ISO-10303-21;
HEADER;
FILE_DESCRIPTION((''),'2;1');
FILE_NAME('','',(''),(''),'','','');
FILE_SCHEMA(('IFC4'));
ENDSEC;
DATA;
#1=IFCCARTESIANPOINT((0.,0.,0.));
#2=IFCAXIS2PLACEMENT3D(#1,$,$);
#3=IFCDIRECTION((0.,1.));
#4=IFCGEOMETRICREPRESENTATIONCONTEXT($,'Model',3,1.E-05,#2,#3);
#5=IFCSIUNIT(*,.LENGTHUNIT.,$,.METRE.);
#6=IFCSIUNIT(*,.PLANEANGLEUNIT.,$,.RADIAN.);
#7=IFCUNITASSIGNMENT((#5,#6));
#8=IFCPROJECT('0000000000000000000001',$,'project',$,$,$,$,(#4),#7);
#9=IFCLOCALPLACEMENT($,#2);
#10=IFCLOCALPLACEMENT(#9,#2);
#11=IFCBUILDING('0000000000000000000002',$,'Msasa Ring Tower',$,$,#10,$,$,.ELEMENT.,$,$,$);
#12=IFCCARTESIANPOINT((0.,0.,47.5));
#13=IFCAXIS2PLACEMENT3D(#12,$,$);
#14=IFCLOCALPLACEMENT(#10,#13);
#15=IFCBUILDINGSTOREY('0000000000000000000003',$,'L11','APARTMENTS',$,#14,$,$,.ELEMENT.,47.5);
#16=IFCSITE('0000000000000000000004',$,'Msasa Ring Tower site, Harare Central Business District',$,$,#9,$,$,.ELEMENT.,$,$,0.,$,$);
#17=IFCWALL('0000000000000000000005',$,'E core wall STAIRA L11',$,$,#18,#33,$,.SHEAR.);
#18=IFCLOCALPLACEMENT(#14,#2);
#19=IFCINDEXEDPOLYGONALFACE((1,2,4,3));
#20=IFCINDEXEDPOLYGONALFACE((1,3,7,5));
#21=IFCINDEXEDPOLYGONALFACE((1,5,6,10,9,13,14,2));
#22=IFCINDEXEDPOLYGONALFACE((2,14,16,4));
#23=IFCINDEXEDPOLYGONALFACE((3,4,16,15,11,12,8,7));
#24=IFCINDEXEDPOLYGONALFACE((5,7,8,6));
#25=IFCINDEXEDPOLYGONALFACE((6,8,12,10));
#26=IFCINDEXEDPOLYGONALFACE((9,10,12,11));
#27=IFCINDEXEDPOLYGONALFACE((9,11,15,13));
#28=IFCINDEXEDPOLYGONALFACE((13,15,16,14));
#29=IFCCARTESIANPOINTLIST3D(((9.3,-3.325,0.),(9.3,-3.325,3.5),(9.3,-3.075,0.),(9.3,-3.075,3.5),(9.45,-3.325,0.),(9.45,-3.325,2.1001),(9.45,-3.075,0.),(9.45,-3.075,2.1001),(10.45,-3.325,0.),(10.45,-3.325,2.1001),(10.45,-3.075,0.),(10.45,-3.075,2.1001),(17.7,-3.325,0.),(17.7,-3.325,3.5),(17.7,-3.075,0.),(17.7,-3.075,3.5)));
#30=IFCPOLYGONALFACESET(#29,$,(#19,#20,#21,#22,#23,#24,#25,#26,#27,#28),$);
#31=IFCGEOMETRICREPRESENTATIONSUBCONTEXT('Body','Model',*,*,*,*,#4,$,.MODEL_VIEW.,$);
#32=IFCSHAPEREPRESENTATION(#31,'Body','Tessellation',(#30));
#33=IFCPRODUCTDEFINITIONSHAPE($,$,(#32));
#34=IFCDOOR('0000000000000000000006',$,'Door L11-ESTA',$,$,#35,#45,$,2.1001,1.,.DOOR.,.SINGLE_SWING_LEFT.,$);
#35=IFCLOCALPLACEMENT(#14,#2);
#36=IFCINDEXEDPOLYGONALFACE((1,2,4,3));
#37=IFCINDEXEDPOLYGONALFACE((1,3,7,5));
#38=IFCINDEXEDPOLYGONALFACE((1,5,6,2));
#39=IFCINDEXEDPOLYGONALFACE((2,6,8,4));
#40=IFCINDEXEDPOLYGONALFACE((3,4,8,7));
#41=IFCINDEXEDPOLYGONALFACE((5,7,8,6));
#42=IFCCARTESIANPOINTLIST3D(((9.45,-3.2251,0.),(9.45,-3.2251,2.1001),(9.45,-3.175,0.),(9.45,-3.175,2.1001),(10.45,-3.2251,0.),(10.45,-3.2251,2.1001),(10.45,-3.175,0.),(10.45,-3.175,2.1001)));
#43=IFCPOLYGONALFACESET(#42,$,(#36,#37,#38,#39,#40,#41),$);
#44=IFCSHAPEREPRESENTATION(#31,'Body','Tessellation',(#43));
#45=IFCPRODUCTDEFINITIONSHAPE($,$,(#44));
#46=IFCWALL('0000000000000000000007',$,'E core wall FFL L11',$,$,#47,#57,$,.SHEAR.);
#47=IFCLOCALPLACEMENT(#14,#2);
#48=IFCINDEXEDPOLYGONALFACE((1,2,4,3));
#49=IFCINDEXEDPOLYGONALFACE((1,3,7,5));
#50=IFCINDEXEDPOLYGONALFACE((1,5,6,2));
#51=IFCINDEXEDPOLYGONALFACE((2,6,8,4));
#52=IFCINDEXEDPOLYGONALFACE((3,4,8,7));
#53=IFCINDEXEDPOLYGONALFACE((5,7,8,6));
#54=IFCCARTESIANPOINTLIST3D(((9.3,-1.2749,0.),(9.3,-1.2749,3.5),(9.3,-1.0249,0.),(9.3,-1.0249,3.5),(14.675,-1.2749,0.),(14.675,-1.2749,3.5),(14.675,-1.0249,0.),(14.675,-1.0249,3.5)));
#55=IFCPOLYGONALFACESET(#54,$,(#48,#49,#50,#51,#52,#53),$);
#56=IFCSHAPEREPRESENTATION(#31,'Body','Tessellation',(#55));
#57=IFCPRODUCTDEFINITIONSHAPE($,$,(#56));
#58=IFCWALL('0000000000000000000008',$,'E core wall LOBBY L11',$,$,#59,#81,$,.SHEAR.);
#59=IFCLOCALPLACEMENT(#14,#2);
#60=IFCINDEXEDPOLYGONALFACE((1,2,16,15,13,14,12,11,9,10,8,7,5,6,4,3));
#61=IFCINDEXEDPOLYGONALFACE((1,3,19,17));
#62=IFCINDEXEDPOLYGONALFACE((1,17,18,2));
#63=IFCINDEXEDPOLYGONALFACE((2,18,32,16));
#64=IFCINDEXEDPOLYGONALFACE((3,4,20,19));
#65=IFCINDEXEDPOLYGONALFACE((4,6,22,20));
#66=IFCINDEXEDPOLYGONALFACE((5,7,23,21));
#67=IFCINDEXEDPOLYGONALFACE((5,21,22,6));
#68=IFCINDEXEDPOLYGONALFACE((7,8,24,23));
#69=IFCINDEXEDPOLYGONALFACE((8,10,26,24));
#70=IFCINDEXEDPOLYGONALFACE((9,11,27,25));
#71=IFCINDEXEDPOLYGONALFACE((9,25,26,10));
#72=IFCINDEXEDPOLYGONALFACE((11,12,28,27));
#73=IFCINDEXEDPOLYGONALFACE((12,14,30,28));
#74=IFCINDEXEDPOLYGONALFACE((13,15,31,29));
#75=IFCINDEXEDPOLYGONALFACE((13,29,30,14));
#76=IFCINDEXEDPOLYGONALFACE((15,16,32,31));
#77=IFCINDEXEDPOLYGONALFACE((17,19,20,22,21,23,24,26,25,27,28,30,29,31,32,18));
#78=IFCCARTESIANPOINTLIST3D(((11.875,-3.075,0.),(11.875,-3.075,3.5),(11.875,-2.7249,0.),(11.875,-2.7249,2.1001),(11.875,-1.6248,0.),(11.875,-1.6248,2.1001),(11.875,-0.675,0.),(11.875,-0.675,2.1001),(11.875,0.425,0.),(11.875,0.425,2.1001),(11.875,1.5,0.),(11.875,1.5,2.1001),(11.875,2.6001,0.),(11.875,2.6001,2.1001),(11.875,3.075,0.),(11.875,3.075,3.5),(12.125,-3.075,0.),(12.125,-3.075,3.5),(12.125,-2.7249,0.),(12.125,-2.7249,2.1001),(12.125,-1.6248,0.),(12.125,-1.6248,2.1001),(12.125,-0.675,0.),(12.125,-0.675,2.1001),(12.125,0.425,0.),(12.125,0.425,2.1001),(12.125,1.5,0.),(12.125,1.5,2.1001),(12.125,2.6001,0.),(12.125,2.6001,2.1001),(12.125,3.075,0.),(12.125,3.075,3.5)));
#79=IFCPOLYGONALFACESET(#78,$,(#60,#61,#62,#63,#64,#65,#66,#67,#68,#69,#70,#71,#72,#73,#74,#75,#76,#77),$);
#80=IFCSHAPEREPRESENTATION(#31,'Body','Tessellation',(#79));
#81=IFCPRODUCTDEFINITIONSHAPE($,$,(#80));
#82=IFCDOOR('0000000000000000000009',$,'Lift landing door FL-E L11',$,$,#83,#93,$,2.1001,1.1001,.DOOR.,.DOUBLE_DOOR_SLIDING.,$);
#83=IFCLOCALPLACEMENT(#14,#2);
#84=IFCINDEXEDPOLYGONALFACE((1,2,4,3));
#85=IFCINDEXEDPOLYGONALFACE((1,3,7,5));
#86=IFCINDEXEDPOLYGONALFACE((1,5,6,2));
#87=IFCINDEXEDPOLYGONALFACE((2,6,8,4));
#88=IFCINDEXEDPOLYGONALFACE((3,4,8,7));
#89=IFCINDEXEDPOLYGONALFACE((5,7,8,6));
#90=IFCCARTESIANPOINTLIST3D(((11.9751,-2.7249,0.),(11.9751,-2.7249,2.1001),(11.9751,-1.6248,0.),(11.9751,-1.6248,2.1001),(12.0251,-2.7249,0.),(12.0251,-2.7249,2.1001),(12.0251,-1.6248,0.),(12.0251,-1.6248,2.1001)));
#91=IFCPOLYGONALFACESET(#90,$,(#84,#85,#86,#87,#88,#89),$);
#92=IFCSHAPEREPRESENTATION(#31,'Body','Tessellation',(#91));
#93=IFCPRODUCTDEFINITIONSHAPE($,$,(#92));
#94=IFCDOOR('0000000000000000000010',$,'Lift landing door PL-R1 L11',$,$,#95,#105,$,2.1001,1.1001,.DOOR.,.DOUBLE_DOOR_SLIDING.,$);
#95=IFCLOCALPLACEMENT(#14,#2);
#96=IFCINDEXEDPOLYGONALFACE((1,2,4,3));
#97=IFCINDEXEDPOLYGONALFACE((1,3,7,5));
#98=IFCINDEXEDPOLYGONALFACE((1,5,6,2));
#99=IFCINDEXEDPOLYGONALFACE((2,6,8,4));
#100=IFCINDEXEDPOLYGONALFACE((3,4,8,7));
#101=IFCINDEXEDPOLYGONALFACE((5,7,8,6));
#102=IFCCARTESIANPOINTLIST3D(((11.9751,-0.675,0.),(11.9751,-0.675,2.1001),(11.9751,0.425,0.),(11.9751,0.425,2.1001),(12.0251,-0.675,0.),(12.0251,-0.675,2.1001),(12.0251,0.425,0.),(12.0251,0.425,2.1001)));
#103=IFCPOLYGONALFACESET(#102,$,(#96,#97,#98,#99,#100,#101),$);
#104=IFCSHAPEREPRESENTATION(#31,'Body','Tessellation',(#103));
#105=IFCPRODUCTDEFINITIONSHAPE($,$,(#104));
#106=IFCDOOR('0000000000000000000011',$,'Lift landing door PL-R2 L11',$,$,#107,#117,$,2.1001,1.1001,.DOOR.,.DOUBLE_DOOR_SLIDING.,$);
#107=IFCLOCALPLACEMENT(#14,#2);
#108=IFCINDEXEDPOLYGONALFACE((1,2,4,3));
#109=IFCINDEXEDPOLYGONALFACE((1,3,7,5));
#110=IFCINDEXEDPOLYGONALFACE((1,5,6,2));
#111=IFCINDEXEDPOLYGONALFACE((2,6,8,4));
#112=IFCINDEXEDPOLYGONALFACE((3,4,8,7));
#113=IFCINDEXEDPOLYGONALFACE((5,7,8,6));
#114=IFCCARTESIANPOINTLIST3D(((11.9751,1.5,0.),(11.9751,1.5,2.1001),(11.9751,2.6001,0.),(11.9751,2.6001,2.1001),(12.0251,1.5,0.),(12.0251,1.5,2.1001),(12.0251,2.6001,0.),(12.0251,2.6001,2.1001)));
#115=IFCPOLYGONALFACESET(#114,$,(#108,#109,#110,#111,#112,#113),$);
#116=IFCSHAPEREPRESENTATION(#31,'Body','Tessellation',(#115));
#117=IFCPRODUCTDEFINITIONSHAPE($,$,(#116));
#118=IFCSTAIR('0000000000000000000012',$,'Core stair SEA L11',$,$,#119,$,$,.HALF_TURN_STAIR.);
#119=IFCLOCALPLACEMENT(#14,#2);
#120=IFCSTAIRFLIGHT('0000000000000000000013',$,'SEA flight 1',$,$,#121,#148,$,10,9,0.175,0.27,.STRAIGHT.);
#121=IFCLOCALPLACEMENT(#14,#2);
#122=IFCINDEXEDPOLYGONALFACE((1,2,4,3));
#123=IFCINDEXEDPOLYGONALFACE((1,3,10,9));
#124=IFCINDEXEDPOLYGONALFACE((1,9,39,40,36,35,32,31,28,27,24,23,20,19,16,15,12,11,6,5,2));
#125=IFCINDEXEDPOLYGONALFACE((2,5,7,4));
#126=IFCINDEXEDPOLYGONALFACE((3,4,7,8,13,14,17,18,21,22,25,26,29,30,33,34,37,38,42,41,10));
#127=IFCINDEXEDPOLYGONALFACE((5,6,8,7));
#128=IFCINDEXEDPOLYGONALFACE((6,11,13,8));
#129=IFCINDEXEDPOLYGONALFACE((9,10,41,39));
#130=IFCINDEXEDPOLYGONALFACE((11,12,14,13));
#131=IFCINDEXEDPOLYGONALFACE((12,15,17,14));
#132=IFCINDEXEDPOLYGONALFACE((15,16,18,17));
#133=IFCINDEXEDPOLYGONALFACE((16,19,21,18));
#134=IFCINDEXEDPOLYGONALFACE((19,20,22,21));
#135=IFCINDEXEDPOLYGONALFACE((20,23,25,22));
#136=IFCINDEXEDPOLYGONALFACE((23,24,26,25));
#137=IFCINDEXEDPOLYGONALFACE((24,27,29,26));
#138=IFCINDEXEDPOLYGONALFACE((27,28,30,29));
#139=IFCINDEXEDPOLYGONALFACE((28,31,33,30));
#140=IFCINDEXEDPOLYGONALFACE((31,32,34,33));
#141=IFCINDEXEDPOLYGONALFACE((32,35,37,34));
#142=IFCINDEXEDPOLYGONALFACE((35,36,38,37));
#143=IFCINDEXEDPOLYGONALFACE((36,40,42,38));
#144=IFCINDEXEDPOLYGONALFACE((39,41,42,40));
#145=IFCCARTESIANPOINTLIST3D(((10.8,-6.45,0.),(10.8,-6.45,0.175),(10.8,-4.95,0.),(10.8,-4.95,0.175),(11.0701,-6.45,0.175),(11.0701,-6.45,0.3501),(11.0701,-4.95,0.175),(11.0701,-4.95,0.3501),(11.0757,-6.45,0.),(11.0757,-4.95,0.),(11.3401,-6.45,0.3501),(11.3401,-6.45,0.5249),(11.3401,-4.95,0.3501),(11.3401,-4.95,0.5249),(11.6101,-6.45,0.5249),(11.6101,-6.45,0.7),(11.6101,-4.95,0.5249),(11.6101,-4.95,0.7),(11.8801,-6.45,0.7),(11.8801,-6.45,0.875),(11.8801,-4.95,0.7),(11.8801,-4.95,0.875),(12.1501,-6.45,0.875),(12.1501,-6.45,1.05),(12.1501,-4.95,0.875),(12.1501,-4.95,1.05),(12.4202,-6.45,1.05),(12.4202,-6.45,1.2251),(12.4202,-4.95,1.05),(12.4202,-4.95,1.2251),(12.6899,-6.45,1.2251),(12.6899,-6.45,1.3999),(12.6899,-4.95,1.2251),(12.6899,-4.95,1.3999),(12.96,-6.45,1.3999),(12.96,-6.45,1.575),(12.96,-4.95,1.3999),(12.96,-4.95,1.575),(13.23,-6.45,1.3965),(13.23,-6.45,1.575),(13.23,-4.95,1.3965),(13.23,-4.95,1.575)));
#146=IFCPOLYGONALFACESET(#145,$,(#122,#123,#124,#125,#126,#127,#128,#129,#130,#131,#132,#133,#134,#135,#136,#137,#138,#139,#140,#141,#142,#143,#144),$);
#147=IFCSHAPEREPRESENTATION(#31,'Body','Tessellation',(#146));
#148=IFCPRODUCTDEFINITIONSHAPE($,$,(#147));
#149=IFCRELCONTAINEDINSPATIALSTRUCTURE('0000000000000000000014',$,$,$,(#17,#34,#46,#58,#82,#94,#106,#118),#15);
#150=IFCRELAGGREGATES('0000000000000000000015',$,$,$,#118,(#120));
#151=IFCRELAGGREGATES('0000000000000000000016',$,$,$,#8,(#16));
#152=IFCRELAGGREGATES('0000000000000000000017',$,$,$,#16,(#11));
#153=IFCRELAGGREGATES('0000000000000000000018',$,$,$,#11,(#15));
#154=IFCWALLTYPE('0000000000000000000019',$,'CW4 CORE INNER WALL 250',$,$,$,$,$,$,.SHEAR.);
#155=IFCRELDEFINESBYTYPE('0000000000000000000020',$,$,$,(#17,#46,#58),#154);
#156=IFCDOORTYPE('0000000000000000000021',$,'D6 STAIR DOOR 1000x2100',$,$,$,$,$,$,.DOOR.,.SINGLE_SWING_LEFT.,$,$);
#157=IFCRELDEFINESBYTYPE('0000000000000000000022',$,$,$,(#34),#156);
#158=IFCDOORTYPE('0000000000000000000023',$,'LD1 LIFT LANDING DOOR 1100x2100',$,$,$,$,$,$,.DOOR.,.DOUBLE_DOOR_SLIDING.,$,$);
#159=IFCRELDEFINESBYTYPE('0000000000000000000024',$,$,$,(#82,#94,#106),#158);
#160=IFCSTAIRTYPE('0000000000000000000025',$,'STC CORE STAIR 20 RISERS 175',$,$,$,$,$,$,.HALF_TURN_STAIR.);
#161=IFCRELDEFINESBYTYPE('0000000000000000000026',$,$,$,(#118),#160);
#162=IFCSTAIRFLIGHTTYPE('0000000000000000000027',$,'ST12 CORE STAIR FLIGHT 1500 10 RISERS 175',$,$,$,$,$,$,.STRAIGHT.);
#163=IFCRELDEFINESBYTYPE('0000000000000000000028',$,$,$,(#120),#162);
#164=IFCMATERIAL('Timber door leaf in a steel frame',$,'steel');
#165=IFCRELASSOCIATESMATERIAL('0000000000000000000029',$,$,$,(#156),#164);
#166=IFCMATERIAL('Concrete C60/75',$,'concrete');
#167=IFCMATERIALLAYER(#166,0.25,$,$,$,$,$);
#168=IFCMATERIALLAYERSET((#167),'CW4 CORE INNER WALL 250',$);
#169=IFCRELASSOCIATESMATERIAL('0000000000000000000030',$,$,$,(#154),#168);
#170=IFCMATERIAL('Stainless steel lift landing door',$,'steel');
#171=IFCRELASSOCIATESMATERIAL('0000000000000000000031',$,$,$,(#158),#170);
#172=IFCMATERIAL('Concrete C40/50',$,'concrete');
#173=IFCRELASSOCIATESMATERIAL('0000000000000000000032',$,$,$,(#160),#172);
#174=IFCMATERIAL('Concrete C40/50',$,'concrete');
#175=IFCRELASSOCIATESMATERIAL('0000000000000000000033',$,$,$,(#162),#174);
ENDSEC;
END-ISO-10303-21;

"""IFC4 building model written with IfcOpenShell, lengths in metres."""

from ifc_helpers import new_model, si_unit, direction, frame, frame_2d, origin, place, context, subcontext, project, spatial, polyline, rectangle, outline, extrude, material, layer, layer_set, type_object, element, fill, aggregate, save


model = new_model("IFC4")

# Units and contexts
model_context = context("Model", 3, precision=1e-05, world=origin(), true_north=direction((0.0, 1.0)))
body_context = subcontext(model_context, "Body", "Model", "MODEL_VIEW")
ifc_project = project(units=[si_unit("LENGTHUNIT", "METRE"), si_unit("PLANEANGLEUNIT", "RADIAN")], contexts=[model_context])

# Site, building, storey
site_placement = place(None, origin())
site = spatial("IfcSite", under=ifc_project, at=site_placement, Name="Msasa Ring Tower site, Harare Central Business District", CompositionType="ELEMENT", RefElevation=0.0)
building_placement = place(site_placement, origin())
building = spatial("IfcBuilding", under=site, at=building_placement, Name="Msasa Ring Tower", CompositionType="ELEMENT")
storey_placement = place(building_placement, frame((0.0, 0.0, 47.5)))
storey = spatial("IfcBuildingStorey", under=building, at=storey_placement, Name="L11", Description="APARTMENTS", CompositionType="ELEMENT", Elevation=47.5)

# Shared definitions
ifc_material_1 = material(Name="Timber door leaf in a steel frame", Category="steel")
door_type_1 = type_object("IfcDoorType", Name="D6 STAIR DOOR 1000x2100", OperationType="SINGLE_SWING_LEFT", PredefinedType="DOOR", material=ifc_material_1)

# Wall, opening, door
ifc_material_2 = material(Name="Concrete C60/75", Category="concrete")
ifc_layer_1 = layer(ifc_material_2, 0.25)
ifc_layer_set_1 = layer_set([ifc_layer_1], Name="CW4 CORE INNER WALL 250")
wall_type_1 = type_object("IfcWallType", Name="CW4 CORE INNER WALL 250", PredefinedType="SHEAR", material=ifc_layer_set_1)
wall_1_placement = place(storey_placement, frame((9.3, -3.2, 0.0), z_axis=(0.0, 0.0, 1.0), x_axis=(1.0, 0.0, 0.0)))
wall_1 = element("IfcWall", 1, at=wall_1_placement, inside=storey, type_object=wall_type_1, Name="E core wall STAIRA L11", PredefinedType="SHEAR", context=body_context, shape_type="SweptSolid", body=[
    extrude(rectangle(XDim=8.3999, YDim=0.25, at=frame_2d((4.2, 0.0))), origin(), (0.0, 0.0, 1.0), 3.5),
])
opening_1_placement = place(wall_1_placement, frame((0.1499, 0.0, 0.0)))
opening_1 = element("IfcOpeningElement", 2, at=opening_1_placement, cuts=wall_1, PredefinedType="OPENING", context=body_context, shape_type="SweptSolid", body=[
    extrude(rectangle(XDim=1.0, YDim=2.1001, at=frame_2d((0.5, 1.05))), frame((0.0, 0.135, 0.0), z_axis=(0.0, -1.0, 0.0), x_axis=(1.0, 0.0, 0.0)), (0.0, 0.0, 1.0), 0.27),
])
door_1_placement = place(opening_1_placement, origin())
door_1 = element("IfcDoor", 3, at=door_1_placement, inside=storey, type_object=door_type_1, Name="Door L11-ESTA", OperationType="SINGLE_SWING_LEFT", OverallHeight=2.1001, OverallWidth=1.0, PredefinedType="DOOR", context=body_context, shape_type="SweptSolid", body=[
    extrude(rectangle(XDim=1.0, YDim=2.1001, at=frame_2d((0.5, 1.05))), frame((0.0, 0.0249, 0.0), z_axis=(0.0, -1.0, 0.0), x_axis=(1.0, 0.0, 0.0)), (0.0, 0.0, 1.0), 0.05),
])
fill(opening_1, door_1)

# Wall
wall_2_placement = place(storey_placement, frame((9.3, -1.1499, 0.0), z_axis=(0.0, 0.0, 1.0), x_axis=(1.0, 0.0, 0.0)))
element("IfcWall", 4, at=wall_2_placement, inside=storey, type_object=wall_type_1, Name="E core wall FFL L11", PredefinedType="SHEAR", context=body_context, shape_type="SweptSolid", body=[
    extrude(rectangle(XDim=5.375, YDim=0.25, at=frame_2d((2.6875, 0.0))), origin(), (0.0, 0.0, 1.0), 3.5),
])

# Wall, openings, doors
wall_3_placement = place(storey_placement, frame((12.0, -3.075, 0.0), z_axis=(0.0, 0.0, 1.0), x_axis=(0.0, 1.0, 0.0)))
wall_3 = element("IfcWall", 5, at=wall_3_placement, inside=storey, type_object=wall_type_1, Name="E core wall LOBBY L11", PredefinedType="SHEAR", context=body_context, shape_type="SweptSolid", body=[
    extrude(rectangle(XDim=6.1499, YDim=0.25, at=frame_2d((3.075, 0.0))), origin(), (0.0, 0.0, 1.0), 3.5),
])
opening_2_placement = place(wall_3_placement, frame((0.3501, 0.0, 0.0)))
opening_2 = element("IfcOpeningElement", 6, at=opening_2_placement, cuts=wall_3, PredefinedType="OPENING", context=body_context, shape_type="SweptSolid", body=[
    extrude(rectangle(XDim=1.1001, YDim=2.1001, at=frame_2d((0.55, 1.05))), frame((0.0, 0.135, 0.0), z_axis=(0.0, -1.0, 0.0), x_axis=(1.0, 0.0, 0.0)), (0.0, 0.0, 1.0), 0.27),
])
opening_3_placement = place(wall_3_placement, frame((2.3999, 0.0, 0.0)))
opening_3 = element("IfcOpeningElement", 7, at=opening_3_placement, cuts=wall_3, PredefinedType="OPENING", context=body_context, shape_type="SweptSolid", body=[
    extrude(rectangle(XDim=1.1001, YDim=2.1001, at=frame_2d((0.55, 1.05))), frame((0.0, 0.135, 0.0), z_axis=(0.0, -1.0, 0.0), x_axis=(1.0, 0.0, 0.0)), (0.0, 0.0, 1.0), 0.27),
])
opening_4_placement = place(wall_3_placement, frame((4.575, 0.0, 0.0)))
opening_4 = element("IfcOpeningElement", 8, at=opening_4_placement, cuts=wall_3, PredefinedType="OPENING", context=body_context, shape_type="SweptSolid", body=[
    extrude(rectangle(XDim=1.1001, YDim=2.1001, at=frame_2d((0.55, 1.05))), frame((0.0, 0.135, 0.0), z_axis=(0.0, -1.0, 0.0), x_axis=(1.0, 0.0, 0.0)), (0.0, 0.0, 1.0), 0.27),
])
ifc_material_3 = material(Name="Stainless steel lift landing door", Category="steel")
door_type_2 = type_object("IfcDoorType", Name="LD1 LIFT LANDING DOOR 1100x2100", OperationType="DOUBLE_DOOR_SLIDING", PredefinedType="DOOR", material=ifc_material_3)
door_2_placement = place(opening_2_placement, origin())
door_2 = element("IfcDoor", 9, at=door_2_placement, inside=storey, type_object=door_type_2, Name="Lift landing door FL-E L11", OperationType="DOUBLE_DOOR_SLIDING", OverallHeight=2.1001, OverallWidth=1.1001, PredefinedType="DOOR", context=body_context, shape_type="SweptSolid", body=[
    extrude(rectangle(XDim=1.1001, YDim=2.1001, at=frame_2d((0.55, 1.05))), frame((0.0, 0.0249, 0.0), z_axis=(0.0, -1.0, 0.0), x_axis=(1.0, 0.0, 0.0)), (0.0, 0.0, 1.0), 0.05),
])
fill(opening_2, door_2)
door_3_placement = place(opening_3_placement, origin())
door_3 = element("IfcDoor", 10, at=door_3_placement, inside=storey, type_object=door_type_2, Name="Lift landing door PL-R1 L11", OperationType="DOUBLE_DOOR_SLIDING", OverallHeight=2.1001, OverallWidth=1.1001, PredefinedType="DOOR", context=body_context, shape_type="SweptSolid", body=[
    extrude(rectangle(XDim=1.1001, YDim=2.1001, at=frame_2d((0.55, 1.05))), frame((0.0, 0.0249, 0.0), z_axis=(0.0, -1.0, 0.0), x_axis=(1.0, 0.0, 0.0)), (0.0, 0.0, 1.0), 0.05),
])
fill(opening_3, door_3)
door_4_placement = place(opening_4_placement, origin())
door_4 = element("IfcDoor", 11, at=door_4_placement, inside=storey, type_object=door_type_2, Name="Lift landing door PL-R2 L11", OperationType="DOUBLE_DOOR_SLIDING", OverallHeight=2.1001, OverallWidth=1.1001, PredefinedType="DOOR", context=body_context, shape_type="SweptSolid", body=[
    extrude(rectangle(XDim=1.1001, YDim=2.1001, at=frame_2d((0.55, 1.05))), frame((0.0, 0.0249, 0.0), z_axis=(0.0, -1.0, 0.0), x_axis=(1.0, 0.0, 0.0)), (0.0, 0.0, 1.0), 0.05),
])
fill(opening_4, door_4)

# Stair, stair flight
ifc_material_4 = material(Name="Concrete C40/50", Category="concrete")
stair_type = type_object("IfcStairType", Name="STC CORE STAIR 20 RISERS 175", PredefinedType="HALF_TURN_STAIR", material=ifc_material_4)
stair_placement = place(storey_placement, origin())
stair = element("IfcStair", 12, at=stair_placement, inside=storey, type_object=stair_type, Name="Core stair SEA L11", PredefinedType="HALF_TURN_STAIR")
ifc_material_5 = material(Name="Concrete C40/50", Category="concrete")
stair_flight_type = type_object("IfcStairFlightType", Name="ST12 CORE STAIR FLIGHT 1500 10 RISERS 175", PredefinedType="STRAIGHT", material=ifc_material_5)
stair_flight_placement = place(storey_placement, frame((10.8, -5.7, 0.0), z_axis=(0.0, 0.0, 1.0), x_axis=(1.0, 0.0, 0.0)))
stair_flight = element("IfcStairFlight", 13, at=stair_flight_placement, type_object=stair_flight_type, Name="SEA flight 1", NumberOfRisers=10, NumberOfTreads=9, PredefinedType="STRAIGHT", RiserHeight=0.175, TreadLength=0.27, context=body_context, shape_type="SweptSolid", body=[
    extrude(outline(polyline([(0.0, 0.0), (0.0, 0.175), (0.27, 0.175), (0.27, 0.3501), (0.54, 0.3501), (0.54, 0.5249), (0.8101, 0.5249), (0.8101, 0.7), (1.0801, 0.7), (1.0801, 0.875), (1.3501, 0.875), (1.3501, 1.05), (1.6201, 1.05), (1.6201, 1.2251), (1.8899, 1.2251), (1.8899, 1.3999), (2.1599, 1.3999), (2.1599, 1.575), (2.4299, 1.575), (2.4299, 1.75), (2.4299, 1.3965), (0.2756, 0.0), (0.0, 0.0)])), frame((0.0, 0.75, 0.0), z_axis=(0.0, -1.0, 0.0), x_axis=(1.0, 0.0, 0.0)), (0.0, 0.0, 1.0), 1.5),
])
aggregate(stair, [stair_flight])

save(model, "model.ifc")
